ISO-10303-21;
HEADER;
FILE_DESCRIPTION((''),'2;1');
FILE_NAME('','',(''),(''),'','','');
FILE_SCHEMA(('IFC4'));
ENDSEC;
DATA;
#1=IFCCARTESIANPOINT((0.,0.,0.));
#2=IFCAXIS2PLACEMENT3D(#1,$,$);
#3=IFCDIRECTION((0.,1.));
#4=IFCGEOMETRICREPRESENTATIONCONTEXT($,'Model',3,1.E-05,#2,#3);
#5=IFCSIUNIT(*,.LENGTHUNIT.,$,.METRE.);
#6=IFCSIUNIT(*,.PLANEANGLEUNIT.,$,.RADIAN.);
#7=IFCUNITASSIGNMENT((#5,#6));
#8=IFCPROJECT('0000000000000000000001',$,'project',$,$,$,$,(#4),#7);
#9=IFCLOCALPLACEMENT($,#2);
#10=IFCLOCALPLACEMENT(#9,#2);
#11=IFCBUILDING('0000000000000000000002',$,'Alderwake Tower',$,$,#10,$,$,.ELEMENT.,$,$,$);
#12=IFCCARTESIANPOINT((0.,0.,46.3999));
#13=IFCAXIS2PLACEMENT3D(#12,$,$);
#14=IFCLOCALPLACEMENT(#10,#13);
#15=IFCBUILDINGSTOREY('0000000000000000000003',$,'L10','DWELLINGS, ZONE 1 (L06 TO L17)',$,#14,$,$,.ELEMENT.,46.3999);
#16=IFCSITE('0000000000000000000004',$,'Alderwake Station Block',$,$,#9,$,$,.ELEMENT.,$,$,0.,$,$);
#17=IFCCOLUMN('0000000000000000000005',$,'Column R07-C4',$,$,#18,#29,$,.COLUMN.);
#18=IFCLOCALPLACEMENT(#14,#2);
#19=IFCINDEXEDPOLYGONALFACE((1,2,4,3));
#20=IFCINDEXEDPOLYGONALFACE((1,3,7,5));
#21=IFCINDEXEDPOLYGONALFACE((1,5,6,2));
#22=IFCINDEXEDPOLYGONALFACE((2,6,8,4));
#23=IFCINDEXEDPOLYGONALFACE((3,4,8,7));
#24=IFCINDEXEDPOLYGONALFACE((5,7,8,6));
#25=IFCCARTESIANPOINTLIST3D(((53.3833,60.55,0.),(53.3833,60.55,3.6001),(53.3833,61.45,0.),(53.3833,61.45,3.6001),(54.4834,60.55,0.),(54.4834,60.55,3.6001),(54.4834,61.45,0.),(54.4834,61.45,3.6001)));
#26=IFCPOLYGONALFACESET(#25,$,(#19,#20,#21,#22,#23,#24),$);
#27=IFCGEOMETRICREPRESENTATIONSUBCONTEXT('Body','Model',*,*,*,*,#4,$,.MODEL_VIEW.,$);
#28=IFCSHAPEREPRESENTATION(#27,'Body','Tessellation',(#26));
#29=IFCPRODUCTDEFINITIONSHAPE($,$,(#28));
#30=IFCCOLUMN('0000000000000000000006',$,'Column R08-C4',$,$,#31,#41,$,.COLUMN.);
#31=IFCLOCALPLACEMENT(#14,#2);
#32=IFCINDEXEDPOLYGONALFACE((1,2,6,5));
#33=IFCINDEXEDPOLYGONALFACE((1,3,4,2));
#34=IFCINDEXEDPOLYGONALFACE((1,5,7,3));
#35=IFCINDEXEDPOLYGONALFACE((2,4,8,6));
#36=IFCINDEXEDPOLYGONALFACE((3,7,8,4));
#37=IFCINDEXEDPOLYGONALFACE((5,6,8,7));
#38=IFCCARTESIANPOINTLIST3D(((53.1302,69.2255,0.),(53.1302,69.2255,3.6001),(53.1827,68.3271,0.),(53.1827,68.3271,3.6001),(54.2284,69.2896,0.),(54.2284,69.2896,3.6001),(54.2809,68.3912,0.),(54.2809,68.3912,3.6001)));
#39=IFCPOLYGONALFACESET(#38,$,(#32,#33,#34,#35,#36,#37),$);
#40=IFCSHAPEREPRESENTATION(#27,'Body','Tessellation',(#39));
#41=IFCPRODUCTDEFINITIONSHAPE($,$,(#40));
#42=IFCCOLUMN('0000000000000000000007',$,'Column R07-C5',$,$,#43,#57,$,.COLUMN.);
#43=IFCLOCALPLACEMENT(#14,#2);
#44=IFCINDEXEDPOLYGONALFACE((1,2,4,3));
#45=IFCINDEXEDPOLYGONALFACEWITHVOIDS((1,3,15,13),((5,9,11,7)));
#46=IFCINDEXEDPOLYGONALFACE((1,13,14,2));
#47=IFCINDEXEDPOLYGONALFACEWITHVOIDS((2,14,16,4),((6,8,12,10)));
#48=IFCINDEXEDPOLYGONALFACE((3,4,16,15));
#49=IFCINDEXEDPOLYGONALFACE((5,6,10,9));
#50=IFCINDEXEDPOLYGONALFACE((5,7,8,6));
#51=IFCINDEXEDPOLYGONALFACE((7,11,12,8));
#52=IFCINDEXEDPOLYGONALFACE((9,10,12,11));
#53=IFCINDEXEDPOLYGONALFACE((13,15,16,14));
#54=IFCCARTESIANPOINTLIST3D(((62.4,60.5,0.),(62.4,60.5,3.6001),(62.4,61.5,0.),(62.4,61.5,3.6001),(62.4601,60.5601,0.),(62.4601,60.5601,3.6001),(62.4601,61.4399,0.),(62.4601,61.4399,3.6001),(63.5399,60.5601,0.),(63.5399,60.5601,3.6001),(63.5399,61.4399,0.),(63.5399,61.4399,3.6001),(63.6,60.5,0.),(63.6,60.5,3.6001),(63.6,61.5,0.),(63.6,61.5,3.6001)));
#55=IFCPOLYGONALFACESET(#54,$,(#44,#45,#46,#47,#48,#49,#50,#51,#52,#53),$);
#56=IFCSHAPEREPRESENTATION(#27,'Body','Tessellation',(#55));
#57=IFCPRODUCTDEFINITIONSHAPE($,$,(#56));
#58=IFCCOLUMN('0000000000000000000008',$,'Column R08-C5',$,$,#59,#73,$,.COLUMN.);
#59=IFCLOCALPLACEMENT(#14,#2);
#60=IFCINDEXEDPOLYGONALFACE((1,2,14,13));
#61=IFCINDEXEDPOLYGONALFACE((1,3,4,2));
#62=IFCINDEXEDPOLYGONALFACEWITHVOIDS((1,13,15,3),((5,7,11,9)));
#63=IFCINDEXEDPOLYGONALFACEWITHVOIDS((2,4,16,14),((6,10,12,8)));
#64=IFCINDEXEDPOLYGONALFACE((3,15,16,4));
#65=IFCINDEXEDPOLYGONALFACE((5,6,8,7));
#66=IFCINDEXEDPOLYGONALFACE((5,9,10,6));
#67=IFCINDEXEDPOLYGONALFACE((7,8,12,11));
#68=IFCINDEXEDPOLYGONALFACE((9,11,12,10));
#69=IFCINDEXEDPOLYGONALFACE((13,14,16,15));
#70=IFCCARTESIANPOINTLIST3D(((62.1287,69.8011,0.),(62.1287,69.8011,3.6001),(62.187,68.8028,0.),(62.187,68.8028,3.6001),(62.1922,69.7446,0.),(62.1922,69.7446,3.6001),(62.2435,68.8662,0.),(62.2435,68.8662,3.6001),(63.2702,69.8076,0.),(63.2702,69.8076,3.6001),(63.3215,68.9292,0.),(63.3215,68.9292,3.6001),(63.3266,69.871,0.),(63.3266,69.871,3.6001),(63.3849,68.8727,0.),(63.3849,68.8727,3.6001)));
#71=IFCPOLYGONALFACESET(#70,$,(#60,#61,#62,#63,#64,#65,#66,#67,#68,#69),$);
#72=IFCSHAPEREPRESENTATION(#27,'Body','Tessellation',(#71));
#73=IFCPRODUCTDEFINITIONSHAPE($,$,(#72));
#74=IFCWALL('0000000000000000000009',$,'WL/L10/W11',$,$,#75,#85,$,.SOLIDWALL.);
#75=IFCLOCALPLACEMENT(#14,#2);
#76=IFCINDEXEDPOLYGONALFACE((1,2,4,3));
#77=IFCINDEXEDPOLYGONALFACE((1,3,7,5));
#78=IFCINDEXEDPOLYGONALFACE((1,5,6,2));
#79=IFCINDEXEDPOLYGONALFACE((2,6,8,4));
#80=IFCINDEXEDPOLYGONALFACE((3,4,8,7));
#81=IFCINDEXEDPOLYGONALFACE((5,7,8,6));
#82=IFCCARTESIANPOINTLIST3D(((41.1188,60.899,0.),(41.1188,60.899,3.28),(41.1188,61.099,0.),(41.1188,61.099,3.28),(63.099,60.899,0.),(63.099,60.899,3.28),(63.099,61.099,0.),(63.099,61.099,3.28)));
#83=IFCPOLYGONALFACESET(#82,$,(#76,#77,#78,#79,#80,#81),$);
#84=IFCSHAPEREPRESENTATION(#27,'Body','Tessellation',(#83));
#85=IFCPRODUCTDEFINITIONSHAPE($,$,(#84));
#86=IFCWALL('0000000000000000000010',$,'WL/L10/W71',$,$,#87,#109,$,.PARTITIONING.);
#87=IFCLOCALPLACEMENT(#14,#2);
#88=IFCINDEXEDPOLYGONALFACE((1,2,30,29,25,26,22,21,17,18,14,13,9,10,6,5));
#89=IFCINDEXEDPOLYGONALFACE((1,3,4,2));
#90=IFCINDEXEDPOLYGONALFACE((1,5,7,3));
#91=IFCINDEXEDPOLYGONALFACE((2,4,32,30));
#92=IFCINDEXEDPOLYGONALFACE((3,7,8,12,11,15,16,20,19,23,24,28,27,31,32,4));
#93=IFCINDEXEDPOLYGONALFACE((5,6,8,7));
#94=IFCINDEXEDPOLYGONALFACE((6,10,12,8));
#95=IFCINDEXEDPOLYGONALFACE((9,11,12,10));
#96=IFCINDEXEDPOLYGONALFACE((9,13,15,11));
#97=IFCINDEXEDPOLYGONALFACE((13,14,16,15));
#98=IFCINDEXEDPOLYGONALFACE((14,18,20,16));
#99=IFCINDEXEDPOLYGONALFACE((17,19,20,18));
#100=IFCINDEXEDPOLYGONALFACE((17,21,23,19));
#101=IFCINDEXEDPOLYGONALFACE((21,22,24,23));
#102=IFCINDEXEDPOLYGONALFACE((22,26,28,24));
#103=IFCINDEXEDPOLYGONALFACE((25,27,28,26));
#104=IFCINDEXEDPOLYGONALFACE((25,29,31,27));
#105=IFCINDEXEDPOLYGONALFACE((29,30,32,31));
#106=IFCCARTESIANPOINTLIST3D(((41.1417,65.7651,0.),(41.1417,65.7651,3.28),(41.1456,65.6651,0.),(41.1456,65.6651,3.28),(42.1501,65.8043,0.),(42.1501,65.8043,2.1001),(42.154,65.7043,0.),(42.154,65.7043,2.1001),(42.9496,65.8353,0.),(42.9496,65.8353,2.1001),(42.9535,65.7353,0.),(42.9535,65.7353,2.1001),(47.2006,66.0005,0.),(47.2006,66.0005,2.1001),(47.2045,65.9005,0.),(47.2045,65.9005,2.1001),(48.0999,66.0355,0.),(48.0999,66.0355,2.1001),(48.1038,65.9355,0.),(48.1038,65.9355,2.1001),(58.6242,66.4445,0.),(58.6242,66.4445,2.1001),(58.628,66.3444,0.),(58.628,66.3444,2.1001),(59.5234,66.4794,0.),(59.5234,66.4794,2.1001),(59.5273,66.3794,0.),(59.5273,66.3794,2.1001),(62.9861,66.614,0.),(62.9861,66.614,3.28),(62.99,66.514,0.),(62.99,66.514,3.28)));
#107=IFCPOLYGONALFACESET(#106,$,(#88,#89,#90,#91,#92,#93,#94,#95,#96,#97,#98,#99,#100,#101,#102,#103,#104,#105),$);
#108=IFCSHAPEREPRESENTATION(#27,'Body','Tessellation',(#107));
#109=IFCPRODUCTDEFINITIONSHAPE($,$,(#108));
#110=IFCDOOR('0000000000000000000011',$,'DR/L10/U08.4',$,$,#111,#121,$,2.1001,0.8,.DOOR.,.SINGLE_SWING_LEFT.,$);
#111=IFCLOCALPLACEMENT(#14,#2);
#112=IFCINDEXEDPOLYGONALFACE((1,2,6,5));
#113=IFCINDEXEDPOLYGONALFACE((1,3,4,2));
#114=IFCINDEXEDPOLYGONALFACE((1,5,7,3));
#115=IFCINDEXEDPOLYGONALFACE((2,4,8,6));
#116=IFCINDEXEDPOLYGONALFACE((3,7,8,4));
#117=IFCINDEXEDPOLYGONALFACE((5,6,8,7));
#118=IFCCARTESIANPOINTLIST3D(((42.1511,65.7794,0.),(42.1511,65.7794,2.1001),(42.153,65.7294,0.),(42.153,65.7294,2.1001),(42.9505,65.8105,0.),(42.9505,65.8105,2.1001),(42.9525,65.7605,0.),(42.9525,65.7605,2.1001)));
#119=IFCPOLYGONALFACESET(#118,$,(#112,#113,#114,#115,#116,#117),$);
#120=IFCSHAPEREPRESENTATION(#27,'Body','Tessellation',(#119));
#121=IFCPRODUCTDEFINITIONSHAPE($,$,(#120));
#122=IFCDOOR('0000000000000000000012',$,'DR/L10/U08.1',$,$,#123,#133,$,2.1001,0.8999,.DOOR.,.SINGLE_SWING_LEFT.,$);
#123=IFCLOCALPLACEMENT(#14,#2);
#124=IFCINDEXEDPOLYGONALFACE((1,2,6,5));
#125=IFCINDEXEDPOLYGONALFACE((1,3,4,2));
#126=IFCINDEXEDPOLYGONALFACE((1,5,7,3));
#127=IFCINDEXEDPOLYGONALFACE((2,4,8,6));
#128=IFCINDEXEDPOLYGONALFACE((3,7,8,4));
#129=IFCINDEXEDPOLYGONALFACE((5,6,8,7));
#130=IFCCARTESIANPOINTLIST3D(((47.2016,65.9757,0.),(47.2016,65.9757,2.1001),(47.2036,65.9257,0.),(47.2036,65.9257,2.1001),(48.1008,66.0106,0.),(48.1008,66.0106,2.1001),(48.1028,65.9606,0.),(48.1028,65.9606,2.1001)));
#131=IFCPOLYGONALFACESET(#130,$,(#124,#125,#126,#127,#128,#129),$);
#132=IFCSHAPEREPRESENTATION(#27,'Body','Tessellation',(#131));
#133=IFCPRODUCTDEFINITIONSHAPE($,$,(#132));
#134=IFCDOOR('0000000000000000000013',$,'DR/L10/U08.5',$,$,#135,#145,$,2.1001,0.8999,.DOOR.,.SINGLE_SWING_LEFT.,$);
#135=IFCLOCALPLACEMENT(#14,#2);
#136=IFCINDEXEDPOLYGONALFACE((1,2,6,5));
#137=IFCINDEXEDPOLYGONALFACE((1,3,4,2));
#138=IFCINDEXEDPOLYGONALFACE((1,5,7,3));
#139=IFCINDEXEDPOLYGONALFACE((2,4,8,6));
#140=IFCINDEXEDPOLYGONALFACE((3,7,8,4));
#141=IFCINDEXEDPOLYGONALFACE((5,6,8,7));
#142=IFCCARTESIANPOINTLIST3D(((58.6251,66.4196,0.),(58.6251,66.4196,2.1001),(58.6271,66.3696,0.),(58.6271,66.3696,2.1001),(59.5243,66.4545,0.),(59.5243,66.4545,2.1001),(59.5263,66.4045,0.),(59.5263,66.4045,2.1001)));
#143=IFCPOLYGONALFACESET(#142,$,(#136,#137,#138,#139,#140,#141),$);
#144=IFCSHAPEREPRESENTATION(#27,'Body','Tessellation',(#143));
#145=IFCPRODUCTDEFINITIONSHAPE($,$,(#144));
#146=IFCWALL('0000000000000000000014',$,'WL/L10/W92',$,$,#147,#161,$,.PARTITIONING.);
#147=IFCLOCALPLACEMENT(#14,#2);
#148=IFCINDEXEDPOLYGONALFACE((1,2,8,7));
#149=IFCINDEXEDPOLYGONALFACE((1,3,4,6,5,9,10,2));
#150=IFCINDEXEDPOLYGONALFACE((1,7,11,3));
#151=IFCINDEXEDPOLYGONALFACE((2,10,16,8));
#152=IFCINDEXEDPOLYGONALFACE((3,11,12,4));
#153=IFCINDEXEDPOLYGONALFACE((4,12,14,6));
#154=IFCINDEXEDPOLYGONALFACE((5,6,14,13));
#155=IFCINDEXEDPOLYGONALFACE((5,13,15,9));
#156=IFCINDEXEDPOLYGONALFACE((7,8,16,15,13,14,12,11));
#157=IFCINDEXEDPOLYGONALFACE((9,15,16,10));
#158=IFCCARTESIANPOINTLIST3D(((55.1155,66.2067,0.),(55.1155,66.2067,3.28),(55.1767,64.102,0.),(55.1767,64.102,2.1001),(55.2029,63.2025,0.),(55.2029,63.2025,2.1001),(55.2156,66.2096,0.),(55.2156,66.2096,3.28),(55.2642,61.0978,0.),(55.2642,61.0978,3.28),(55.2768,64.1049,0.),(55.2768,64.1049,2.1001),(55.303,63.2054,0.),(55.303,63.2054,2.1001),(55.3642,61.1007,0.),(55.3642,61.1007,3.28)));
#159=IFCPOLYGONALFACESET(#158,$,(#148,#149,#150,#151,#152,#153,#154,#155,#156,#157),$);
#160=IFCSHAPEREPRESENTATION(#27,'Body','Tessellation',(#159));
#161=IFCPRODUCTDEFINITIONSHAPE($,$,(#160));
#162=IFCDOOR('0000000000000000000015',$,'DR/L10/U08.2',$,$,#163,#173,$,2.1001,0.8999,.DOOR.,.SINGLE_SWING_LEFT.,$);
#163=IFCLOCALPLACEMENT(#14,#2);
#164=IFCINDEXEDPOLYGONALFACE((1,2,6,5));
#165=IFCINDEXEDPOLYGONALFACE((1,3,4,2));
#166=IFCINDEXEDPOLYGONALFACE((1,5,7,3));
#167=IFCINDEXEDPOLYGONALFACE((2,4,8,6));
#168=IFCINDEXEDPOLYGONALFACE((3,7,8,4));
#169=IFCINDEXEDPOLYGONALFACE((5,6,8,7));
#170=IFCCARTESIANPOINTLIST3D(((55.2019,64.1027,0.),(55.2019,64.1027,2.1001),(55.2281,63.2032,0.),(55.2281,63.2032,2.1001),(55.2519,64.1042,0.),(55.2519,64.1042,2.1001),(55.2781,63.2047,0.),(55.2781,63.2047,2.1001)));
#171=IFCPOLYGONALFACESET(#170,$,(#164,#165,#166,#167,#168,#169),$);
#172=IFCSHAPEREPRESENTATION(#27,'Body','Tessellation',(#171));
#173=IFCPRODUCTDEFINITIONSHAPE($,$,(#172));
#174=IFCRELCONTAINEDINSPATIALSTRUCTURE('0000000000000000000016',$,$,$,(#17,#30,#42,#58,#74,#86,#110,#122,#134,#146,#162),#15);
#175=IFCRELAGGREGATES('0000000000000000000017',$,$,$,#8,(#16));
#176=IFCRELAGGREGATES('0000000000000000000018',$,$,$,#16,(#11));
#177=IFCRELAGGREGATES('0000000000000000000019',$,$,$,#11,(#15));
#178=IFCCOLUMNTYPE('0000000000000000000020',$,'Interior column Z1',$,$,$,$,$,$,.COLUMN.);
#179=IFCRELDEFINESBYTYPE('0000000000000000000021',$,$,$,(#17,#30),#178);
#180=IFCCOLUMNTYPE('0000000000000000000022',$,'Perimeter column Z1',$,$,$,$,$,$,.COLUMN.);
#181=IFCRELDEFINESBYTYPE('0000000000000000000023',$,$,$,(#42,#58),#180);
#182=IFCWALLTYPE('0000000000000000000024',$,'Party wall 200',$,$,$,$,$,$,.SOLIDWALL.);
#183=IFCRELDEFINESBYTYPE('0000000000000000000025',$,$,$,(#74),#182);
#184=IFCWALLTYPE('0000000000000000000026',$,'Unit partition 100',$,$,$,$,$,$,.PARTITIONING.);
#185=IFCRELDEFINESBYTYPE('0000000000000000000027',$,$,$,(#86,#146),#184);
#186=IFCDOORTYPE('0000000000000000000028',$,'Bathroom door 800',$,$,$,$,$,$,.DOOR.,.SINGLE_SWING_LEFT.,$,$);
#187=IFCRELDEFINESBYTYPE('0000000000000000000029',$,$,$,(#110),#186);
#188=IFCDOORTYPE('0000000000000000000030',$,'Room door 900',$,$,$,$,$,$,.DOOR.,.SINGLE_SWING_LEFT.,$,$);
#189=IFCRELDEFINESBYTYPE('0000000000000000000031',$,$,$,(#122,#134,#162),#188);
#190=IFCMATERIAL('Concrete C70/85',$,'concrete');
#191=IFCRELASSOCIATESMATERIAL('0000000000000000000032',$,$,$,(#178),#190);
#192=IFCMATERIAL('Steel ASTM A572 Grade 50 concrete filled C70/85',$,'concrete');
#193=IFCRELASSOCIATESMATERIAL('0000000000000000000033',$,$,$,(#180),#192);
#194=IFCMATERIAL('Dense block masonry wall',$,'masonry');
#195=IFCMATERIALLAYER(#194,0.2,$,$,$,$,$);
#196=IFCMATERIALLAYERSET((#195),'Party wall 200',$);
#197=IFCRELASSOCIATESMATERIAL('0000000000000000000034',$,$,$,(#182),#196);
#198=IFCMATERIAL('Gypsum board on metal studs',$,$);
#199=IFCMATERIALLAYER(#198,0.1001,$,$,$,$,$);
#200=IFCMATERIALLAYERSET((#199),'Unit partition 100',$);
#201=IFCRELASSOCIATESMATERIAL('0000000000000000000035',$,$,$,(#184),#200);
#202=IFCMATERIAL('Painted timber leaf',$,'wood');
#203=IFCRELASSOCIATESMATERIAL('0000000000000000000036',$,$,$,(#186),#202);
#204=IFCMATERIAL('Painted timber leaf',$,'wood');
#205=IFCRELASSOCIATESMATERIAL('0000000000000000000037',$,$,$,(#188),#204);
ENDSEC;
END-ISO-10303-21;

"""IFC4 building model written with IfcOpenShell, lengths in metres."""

from ifc_helpers import new_model, si_unit, direction, frame, frame_2d, origin, origin_2d, place, context, subcontext, project, spatial, rectangle, hollow_rectangle, extrude, material, layer, layer_set, material_profile, profile_set, type_object, element, fill, save


model = new_model("IFC4")

# Units and contexts
model_context = context("Model", 3, precision=1e-05, world=origin(), true_north=direction((0.0, 1.0)))
body_context = subcontext(model_context, "Body", "Model", "MODEL_VIEW")
ifc_project = project(units=[si_unit("LENGTHUNIT", "METRE"), si_unit("PLANEANGLEUNIT", "RADIAN")], contexts=[model_context])

# Site, building, storey
site_placement = place(None, origin())
site = spatial("IfcSite", under=ifc_project, at=site_placement, Name="Alderwake Station Block", CompositionType="ELEMENT", RefElevation=0.0)
building_placement = place(site_placement, origin())
building = spatial("IfcBuilding", under=site, at=building_placement, Name="Alderwake Tower", CompositionType="ELEMENT")
storey_placement = place(building_placement, frame((0.0, 0.0, 46.3999)))
storey = spatial("IfcBuildingStorey", under=building, at=storey_placement, Name="L10", Description="DWELLINGS, ZONE 1 (L06 TO L17)", CompositionType="ELEMENT", Elevation=46.3999)

# Columns
ifc_material_1 = material(Name="Concrete C70/85", Category="concrete")
ifc_material_profile_1 = material_profile(ifc_material_1, rectangle(XDim=0.8999, YDim=1.1001, at=origin_2d()), Name="RC 1100X900")
ifc_profile_set_1 = profile_set([ifc_material_profile_1], Name="Concrete C70/85")
column_type_1 = type_object("IfcColumnType", Name="Interior column Z1", PredefinedType="COLUMN", material=ifc_profile_set_1)
for number, where, z_axis, x_axis, name in (
    (1, (53.9333, 61.0, 0.0), (0.0, 0.0, 1.0), (0.0, 1.0, 0.0), "Column R07-C4"),
    (2, (53.7056, 68.8083, 0.0), (0.0, 0.0, 1.0), (-0.058299, 0.998299, 0.0), "Column R08-C4"),
):
    element("IfcColumn", number, at=place(storey_placement, frame(where, z_axis=z_axis, x_axis=x_axis)), inside=storey, type_object=column_type_1, Name=name, PredefinedType="COLUMN", context=body_context, shape_type="SweptSolid", body=[
        extrude(rectangle(XDim=0.8999, YDim=1.1001, at=origin_2d()), origin(), (0.0, 0.0, 1.0), 3.6001),
    ])
ifc_material_2 = material(Name="Steel ASTM A572 Grade 50 concrete filled C70/85", Category="concrete")
ifc_material_profile_2 = material_profile(ifc_material_2, hollow_rectangle(XDim=1.0, YDim=1.2, WallThickness=0.0601, at=origin_2d()), Name="BOX 1200X1000X60")
ifc_profile_set_2 = profile_set([ifc_material_profile_2], Name="Steel ASTM A572 Grade 50 concrete filled C70/85")
column_type_2 = type_object("IfcColumnType", Name="Perimeter column Z1", PredefinedType="COLUMN", material=ifc_profile_set_2)
for number, where, z_axis, x_axis, name in (
    (3, (63.0, 61.0, 0.0), (0.0, 0.0, 1.0), (0.0, 1.0, 0.0), "Column R07-C5"),
    (4, (62.7568, 69.3369, 0.0), (0.0, 0.0, 1.0), (-0.058299, 0.998299, 0.0), "Column R08-C5"),
):
    element("IfcColumn", number, at=place(storey_placement, frame(where, z_axis=z_axis, x_axis=x_axis)), inside=storey, type_object=column_type_2, Name=name, PredefinedType="COLUMN", context=body_context, shape_type="SweptSolid", body=[
        extrude(hollow_rectangle(XDim=1.0, YDim=1.2, WallThickness=0.0601, at=origin_2d()), origin(), (0.0, 0.0, 1.0), 3.6001),
    ])

# Wall
ifc_material_3 = material(Name="Dense block masonry wall", Category="masonry")
ifc_layer_1 = layer(ifc_material_3, 0.2)
ifc_layer_set_1 = layer_set([ifc_layer_1], Name="Party wall 200")
wall_type_1 = type_object("IfcWallType", Name="Party wall 200", PredefinedType="SOLIDWALL", material=ifc_layer_set_1)
wall_1_placement = place(storey_placement, frame((63.0991, 60.999, 0.0), z_axis=(0.0, 0.0, 1.0), x_axis=(-1.0, 0.0, 0.0)))
element("IfcWall", 5, at=wall_1_placement, inside=storey, type_object=wall_type_1, Name="WL/L10/W11", PredefinedType="SOLIDWALL", context=body_context, shape_type="SweptSolid", body=[
    extrude(rectangle(XDim=21.9802, YDim=0.2, at=frame_2d((10.9902, 0.0))), origin(), (0.0, 0.0, 1.0), 3.28),
])

# Wall, openings, doors
ifc_material_4 = material(Name="Gypsum board on metal studs")
ifc_layer_2 = layer(ifc_material_4, 0.1001)
ifc_layer_set_2 = layer_set([ifc_layer_2], Name="Unit partition 100")
wall_type_2 = type_object("IfcWallType", Name="Unit partition 100", PredefinedType="PARTITIONING", material=ifc_layer_set_2)
wall_2_placement = place(storey_placement, frame((62.988, 66.564, 0.0), z_axis=(0.0, 0.0, 1.0), x_axis=(-0.999246, -0.038831, 0.0)))
wall_2 = element("IfcWall", 6, at=wall_2_placement, inside=storey, type_object=wall_type_2, Name="WL/L10/W71", PredefinedType="PARTITIONING", context=body_context, shape_type="SweptSolid", body=[
    extrude(rectangle(XDim=21.8608, YDim=0.1001, at=frame_2d((10.9304, 0.0))), origin(), (0.0, 0.0, 1.0), 3.28),
])
opening_1_placement = place(wall_2_placement, frame((14.8975, 0.0, 0.0)))
opening_1 = element("IfcOpeningElement", 7, at=opening_1_placement, cuts=wall_2, PredefinedType="OPENING", context=body_context, shape_type="SweptSolid", body=[
    extrude(rectangle(XDim=0.8999, YDim=2.1001, at=frame_2d((0.45, 1.05))), frame((0.0, 0.0601, 0.0), z_axis=(0.0, -1.0, 0.0), x_axis=(1.0, 0.0, 0.0)), (0.0, 0.0, 1.0), 0.1201),
])
opening_2_placement = place(wall_2_placement, frame((20.0518, 0.0, 0.0)))
opening_2 = element("IfcOpeningElement", 8, at=opening_2_placement, cuts=wall_2, PredefinedType="OPENING", context=body_context, shape_type="SweptSolid", body=[
    extrude(rectangle(XDim=0.8, YDim=2.1001, at=frame_2d((0.3999, 1.05))), frame((0.0, 0.0601, 0.0), z_axis=(0.0, -1.0, 0.0), x_axis=(1.0, 0.0, 0.0)), (0.0, 0.0, 1.0), 0.1201),
])
opening_3_placement = place(wall_2_placement, frame((3.4653, 0.0, 0.0)))
opening_3 = element("IfcOpeningElement", 9, at=opening_3_placement, cuts=wall_2, PredefinedType="OPENING", context=body_context, shape_type="SweptSolid", body=[
    extrude(rectangle(XDim=0.8999, YDim=2.1001, at=frame_2d((0.45, 1.05))), frame((0.0, 0.0601, 0.0), z_axis=(0.0, -1.0, 0.0), x_axis=(1.0, 0.0, 0.0)), (0.0, 0.0, 1.0), 0.1201),
])
ifc_material_5 = material(Name="Painted timber leaf", Category="wood")
door_type_1 = type_object("IfcDoorType", Name="Bathroom door 800", OperationType="SINGLE_SWING_LEFT", PredefinedType="DOOR", material=ifc_material_5)
door_1_placement = place(opening_2_placement, origin())
door_1 = element("IfcDoor", 10, at=door_1_placement, inside=storey, type_object=door_type_1, Name="DR/L10/U08.4", OperationType="SINGLE_SWING_LEFT", OverallHeight=2.1001, OverallWidth=0.8, PredefinedType="DOOR", context=body_context, shape_type="SweptSolid", body=[
    extrude(rectangle(XDim=0.8, YDim=2.1001, at=frame_2d((0.3999, 1.05))), frame((0.0, 0.0249, 0.0), z_axis=(0.0, -1.0, 0.0), x_axis=(1.0, 0.0, 0.0)), (0.0, 0.0, 1.0), 0.05),
])
fill(opening_2, door_1)
ifc_material_6 = material(Name="Painted timber leaf", Category="wood")
door_type_2 = type_object("IfcDoorType", Name="Room door 900", OperationType="SINGLE_SWING_LEFT", PredefinedType="DOOR", material=ifc_material_6)
door_2_placement = place(opening_1_placement, origin())
door_2 = element("IfcDoor", 11, at=door_2_placement, inside=storey, type_object=door_type_2, Name="DR/L10/U08.1", OperationType="SINGLE_SWING_LEFT", OverallHeight=2.1001, OverallWidth=0.8999, PredefinedType="DOOR", context=body_context, shape_type="SweptSolid", body=[
    extrude(rectangle(XDim=0.8999, YDim=2.1001, at=frame_2d((0.45, 1.05))), frame((0.0, 0.0249, 0.0), z_axis=(0.0, -1.0, 0.0), x_axis=(1.0, 0.0, 0.0)), (0.0, 0.0, 1.0), 0.05),
])
fill(opening_1, door_2)
door_3_placement = place(opening_3_placement, origin())
door_3 = element("IfcDoor", 12, at=door_3_placement, inside=storey, type_object=door_type_2, Name="DR/L10/U08.5", OperationType="SINGLE_SWING_LEFT", OverallHeight=2.1001, OverallWidth=0.8999, PredefinedType="DOOR", context=body_context, shape_type="SweptSolid", body=[
    extrude(rectangle(XDim=0.8999, YDim=2.1001, at=frame_2d((0.45, 1.05))), frame((0.0, 0.0249, 0.0), z_axis=(0.0, -1.0, 0.0), x_axis=(1.0, 0.0, 0.0)), (0.0, 0.0, 1.0), 0.05),
])
fill(opening_3, door_3)

# Wall, opening, door
wall_3_placement = place(storey_placement, frame((55.3142, 61.0991, 0.0), z_axis=(0.0, 0.0, 1.0), x_axis=(-0.02909, 0.999577, 0.0)))
wall_3 = element("IfcWall", 13, at=wall_3_placement, inside=storey, type_object=wall_type_2, Name="WL/L10/W92", PredefinedType="PARTITIONING", context=body_context, shape_type="SweptSolid", body=[
    extrude(rectangle(XDim=5.1111, YDim=0.1001, at=frame_2d((2.5557, 0.0))), origin(), (0.0, 0.0, 1.0), 3.28),
])
opening_4_placement = place(wall_3_placement, frame((2.1057, 0.0, 0.0)))
opening_4 = element("IfcOpeningElement", 14, at=opening_4_placement, cuts=wall_3, PredefinedType="OPENING", context=body_context, shape_type="SweptSolid", body=[
    extrude(rectangle(XDim=0.8999, YDim=2.1001, at=frame_2d((0.45, 1.05))), frame((0.0, 0.0601, 0.0), z_axis=(0.0, -1.0, 0.0), x_axis=(1.0, 0.0, 0.0)), (0.0, 0.0, 1.0), 0.1201),
])
door_4_placement = place(opening_4_placement, origin())
door_4 = element("IfcDoor", 15, at=door_4_placement, inside=storey, type_object=door_type_2, Name="DR/L10/U08.2", OperationType="SINGLE_SWING_LEFT", OverallHeight=2.1001, OverallWidth=0.8999, PredefinedType="DOOR", context=body_context, shape_type="SweptSolid", body=[
    extrude(rectangle(XDim=0.8999, YDim=2.1001, at=frame_2d((0.45, 1.05))), frame((0.0, 0.0249, 0.0), z_axis=(0.0, -1.0, 0.0), x_axis=(1.0, 0.0, 0.0)), (0.0, 0.0, 1.0), 0.05),
])
fill(opening_4, door_4)

save(model, "model.ifc")
